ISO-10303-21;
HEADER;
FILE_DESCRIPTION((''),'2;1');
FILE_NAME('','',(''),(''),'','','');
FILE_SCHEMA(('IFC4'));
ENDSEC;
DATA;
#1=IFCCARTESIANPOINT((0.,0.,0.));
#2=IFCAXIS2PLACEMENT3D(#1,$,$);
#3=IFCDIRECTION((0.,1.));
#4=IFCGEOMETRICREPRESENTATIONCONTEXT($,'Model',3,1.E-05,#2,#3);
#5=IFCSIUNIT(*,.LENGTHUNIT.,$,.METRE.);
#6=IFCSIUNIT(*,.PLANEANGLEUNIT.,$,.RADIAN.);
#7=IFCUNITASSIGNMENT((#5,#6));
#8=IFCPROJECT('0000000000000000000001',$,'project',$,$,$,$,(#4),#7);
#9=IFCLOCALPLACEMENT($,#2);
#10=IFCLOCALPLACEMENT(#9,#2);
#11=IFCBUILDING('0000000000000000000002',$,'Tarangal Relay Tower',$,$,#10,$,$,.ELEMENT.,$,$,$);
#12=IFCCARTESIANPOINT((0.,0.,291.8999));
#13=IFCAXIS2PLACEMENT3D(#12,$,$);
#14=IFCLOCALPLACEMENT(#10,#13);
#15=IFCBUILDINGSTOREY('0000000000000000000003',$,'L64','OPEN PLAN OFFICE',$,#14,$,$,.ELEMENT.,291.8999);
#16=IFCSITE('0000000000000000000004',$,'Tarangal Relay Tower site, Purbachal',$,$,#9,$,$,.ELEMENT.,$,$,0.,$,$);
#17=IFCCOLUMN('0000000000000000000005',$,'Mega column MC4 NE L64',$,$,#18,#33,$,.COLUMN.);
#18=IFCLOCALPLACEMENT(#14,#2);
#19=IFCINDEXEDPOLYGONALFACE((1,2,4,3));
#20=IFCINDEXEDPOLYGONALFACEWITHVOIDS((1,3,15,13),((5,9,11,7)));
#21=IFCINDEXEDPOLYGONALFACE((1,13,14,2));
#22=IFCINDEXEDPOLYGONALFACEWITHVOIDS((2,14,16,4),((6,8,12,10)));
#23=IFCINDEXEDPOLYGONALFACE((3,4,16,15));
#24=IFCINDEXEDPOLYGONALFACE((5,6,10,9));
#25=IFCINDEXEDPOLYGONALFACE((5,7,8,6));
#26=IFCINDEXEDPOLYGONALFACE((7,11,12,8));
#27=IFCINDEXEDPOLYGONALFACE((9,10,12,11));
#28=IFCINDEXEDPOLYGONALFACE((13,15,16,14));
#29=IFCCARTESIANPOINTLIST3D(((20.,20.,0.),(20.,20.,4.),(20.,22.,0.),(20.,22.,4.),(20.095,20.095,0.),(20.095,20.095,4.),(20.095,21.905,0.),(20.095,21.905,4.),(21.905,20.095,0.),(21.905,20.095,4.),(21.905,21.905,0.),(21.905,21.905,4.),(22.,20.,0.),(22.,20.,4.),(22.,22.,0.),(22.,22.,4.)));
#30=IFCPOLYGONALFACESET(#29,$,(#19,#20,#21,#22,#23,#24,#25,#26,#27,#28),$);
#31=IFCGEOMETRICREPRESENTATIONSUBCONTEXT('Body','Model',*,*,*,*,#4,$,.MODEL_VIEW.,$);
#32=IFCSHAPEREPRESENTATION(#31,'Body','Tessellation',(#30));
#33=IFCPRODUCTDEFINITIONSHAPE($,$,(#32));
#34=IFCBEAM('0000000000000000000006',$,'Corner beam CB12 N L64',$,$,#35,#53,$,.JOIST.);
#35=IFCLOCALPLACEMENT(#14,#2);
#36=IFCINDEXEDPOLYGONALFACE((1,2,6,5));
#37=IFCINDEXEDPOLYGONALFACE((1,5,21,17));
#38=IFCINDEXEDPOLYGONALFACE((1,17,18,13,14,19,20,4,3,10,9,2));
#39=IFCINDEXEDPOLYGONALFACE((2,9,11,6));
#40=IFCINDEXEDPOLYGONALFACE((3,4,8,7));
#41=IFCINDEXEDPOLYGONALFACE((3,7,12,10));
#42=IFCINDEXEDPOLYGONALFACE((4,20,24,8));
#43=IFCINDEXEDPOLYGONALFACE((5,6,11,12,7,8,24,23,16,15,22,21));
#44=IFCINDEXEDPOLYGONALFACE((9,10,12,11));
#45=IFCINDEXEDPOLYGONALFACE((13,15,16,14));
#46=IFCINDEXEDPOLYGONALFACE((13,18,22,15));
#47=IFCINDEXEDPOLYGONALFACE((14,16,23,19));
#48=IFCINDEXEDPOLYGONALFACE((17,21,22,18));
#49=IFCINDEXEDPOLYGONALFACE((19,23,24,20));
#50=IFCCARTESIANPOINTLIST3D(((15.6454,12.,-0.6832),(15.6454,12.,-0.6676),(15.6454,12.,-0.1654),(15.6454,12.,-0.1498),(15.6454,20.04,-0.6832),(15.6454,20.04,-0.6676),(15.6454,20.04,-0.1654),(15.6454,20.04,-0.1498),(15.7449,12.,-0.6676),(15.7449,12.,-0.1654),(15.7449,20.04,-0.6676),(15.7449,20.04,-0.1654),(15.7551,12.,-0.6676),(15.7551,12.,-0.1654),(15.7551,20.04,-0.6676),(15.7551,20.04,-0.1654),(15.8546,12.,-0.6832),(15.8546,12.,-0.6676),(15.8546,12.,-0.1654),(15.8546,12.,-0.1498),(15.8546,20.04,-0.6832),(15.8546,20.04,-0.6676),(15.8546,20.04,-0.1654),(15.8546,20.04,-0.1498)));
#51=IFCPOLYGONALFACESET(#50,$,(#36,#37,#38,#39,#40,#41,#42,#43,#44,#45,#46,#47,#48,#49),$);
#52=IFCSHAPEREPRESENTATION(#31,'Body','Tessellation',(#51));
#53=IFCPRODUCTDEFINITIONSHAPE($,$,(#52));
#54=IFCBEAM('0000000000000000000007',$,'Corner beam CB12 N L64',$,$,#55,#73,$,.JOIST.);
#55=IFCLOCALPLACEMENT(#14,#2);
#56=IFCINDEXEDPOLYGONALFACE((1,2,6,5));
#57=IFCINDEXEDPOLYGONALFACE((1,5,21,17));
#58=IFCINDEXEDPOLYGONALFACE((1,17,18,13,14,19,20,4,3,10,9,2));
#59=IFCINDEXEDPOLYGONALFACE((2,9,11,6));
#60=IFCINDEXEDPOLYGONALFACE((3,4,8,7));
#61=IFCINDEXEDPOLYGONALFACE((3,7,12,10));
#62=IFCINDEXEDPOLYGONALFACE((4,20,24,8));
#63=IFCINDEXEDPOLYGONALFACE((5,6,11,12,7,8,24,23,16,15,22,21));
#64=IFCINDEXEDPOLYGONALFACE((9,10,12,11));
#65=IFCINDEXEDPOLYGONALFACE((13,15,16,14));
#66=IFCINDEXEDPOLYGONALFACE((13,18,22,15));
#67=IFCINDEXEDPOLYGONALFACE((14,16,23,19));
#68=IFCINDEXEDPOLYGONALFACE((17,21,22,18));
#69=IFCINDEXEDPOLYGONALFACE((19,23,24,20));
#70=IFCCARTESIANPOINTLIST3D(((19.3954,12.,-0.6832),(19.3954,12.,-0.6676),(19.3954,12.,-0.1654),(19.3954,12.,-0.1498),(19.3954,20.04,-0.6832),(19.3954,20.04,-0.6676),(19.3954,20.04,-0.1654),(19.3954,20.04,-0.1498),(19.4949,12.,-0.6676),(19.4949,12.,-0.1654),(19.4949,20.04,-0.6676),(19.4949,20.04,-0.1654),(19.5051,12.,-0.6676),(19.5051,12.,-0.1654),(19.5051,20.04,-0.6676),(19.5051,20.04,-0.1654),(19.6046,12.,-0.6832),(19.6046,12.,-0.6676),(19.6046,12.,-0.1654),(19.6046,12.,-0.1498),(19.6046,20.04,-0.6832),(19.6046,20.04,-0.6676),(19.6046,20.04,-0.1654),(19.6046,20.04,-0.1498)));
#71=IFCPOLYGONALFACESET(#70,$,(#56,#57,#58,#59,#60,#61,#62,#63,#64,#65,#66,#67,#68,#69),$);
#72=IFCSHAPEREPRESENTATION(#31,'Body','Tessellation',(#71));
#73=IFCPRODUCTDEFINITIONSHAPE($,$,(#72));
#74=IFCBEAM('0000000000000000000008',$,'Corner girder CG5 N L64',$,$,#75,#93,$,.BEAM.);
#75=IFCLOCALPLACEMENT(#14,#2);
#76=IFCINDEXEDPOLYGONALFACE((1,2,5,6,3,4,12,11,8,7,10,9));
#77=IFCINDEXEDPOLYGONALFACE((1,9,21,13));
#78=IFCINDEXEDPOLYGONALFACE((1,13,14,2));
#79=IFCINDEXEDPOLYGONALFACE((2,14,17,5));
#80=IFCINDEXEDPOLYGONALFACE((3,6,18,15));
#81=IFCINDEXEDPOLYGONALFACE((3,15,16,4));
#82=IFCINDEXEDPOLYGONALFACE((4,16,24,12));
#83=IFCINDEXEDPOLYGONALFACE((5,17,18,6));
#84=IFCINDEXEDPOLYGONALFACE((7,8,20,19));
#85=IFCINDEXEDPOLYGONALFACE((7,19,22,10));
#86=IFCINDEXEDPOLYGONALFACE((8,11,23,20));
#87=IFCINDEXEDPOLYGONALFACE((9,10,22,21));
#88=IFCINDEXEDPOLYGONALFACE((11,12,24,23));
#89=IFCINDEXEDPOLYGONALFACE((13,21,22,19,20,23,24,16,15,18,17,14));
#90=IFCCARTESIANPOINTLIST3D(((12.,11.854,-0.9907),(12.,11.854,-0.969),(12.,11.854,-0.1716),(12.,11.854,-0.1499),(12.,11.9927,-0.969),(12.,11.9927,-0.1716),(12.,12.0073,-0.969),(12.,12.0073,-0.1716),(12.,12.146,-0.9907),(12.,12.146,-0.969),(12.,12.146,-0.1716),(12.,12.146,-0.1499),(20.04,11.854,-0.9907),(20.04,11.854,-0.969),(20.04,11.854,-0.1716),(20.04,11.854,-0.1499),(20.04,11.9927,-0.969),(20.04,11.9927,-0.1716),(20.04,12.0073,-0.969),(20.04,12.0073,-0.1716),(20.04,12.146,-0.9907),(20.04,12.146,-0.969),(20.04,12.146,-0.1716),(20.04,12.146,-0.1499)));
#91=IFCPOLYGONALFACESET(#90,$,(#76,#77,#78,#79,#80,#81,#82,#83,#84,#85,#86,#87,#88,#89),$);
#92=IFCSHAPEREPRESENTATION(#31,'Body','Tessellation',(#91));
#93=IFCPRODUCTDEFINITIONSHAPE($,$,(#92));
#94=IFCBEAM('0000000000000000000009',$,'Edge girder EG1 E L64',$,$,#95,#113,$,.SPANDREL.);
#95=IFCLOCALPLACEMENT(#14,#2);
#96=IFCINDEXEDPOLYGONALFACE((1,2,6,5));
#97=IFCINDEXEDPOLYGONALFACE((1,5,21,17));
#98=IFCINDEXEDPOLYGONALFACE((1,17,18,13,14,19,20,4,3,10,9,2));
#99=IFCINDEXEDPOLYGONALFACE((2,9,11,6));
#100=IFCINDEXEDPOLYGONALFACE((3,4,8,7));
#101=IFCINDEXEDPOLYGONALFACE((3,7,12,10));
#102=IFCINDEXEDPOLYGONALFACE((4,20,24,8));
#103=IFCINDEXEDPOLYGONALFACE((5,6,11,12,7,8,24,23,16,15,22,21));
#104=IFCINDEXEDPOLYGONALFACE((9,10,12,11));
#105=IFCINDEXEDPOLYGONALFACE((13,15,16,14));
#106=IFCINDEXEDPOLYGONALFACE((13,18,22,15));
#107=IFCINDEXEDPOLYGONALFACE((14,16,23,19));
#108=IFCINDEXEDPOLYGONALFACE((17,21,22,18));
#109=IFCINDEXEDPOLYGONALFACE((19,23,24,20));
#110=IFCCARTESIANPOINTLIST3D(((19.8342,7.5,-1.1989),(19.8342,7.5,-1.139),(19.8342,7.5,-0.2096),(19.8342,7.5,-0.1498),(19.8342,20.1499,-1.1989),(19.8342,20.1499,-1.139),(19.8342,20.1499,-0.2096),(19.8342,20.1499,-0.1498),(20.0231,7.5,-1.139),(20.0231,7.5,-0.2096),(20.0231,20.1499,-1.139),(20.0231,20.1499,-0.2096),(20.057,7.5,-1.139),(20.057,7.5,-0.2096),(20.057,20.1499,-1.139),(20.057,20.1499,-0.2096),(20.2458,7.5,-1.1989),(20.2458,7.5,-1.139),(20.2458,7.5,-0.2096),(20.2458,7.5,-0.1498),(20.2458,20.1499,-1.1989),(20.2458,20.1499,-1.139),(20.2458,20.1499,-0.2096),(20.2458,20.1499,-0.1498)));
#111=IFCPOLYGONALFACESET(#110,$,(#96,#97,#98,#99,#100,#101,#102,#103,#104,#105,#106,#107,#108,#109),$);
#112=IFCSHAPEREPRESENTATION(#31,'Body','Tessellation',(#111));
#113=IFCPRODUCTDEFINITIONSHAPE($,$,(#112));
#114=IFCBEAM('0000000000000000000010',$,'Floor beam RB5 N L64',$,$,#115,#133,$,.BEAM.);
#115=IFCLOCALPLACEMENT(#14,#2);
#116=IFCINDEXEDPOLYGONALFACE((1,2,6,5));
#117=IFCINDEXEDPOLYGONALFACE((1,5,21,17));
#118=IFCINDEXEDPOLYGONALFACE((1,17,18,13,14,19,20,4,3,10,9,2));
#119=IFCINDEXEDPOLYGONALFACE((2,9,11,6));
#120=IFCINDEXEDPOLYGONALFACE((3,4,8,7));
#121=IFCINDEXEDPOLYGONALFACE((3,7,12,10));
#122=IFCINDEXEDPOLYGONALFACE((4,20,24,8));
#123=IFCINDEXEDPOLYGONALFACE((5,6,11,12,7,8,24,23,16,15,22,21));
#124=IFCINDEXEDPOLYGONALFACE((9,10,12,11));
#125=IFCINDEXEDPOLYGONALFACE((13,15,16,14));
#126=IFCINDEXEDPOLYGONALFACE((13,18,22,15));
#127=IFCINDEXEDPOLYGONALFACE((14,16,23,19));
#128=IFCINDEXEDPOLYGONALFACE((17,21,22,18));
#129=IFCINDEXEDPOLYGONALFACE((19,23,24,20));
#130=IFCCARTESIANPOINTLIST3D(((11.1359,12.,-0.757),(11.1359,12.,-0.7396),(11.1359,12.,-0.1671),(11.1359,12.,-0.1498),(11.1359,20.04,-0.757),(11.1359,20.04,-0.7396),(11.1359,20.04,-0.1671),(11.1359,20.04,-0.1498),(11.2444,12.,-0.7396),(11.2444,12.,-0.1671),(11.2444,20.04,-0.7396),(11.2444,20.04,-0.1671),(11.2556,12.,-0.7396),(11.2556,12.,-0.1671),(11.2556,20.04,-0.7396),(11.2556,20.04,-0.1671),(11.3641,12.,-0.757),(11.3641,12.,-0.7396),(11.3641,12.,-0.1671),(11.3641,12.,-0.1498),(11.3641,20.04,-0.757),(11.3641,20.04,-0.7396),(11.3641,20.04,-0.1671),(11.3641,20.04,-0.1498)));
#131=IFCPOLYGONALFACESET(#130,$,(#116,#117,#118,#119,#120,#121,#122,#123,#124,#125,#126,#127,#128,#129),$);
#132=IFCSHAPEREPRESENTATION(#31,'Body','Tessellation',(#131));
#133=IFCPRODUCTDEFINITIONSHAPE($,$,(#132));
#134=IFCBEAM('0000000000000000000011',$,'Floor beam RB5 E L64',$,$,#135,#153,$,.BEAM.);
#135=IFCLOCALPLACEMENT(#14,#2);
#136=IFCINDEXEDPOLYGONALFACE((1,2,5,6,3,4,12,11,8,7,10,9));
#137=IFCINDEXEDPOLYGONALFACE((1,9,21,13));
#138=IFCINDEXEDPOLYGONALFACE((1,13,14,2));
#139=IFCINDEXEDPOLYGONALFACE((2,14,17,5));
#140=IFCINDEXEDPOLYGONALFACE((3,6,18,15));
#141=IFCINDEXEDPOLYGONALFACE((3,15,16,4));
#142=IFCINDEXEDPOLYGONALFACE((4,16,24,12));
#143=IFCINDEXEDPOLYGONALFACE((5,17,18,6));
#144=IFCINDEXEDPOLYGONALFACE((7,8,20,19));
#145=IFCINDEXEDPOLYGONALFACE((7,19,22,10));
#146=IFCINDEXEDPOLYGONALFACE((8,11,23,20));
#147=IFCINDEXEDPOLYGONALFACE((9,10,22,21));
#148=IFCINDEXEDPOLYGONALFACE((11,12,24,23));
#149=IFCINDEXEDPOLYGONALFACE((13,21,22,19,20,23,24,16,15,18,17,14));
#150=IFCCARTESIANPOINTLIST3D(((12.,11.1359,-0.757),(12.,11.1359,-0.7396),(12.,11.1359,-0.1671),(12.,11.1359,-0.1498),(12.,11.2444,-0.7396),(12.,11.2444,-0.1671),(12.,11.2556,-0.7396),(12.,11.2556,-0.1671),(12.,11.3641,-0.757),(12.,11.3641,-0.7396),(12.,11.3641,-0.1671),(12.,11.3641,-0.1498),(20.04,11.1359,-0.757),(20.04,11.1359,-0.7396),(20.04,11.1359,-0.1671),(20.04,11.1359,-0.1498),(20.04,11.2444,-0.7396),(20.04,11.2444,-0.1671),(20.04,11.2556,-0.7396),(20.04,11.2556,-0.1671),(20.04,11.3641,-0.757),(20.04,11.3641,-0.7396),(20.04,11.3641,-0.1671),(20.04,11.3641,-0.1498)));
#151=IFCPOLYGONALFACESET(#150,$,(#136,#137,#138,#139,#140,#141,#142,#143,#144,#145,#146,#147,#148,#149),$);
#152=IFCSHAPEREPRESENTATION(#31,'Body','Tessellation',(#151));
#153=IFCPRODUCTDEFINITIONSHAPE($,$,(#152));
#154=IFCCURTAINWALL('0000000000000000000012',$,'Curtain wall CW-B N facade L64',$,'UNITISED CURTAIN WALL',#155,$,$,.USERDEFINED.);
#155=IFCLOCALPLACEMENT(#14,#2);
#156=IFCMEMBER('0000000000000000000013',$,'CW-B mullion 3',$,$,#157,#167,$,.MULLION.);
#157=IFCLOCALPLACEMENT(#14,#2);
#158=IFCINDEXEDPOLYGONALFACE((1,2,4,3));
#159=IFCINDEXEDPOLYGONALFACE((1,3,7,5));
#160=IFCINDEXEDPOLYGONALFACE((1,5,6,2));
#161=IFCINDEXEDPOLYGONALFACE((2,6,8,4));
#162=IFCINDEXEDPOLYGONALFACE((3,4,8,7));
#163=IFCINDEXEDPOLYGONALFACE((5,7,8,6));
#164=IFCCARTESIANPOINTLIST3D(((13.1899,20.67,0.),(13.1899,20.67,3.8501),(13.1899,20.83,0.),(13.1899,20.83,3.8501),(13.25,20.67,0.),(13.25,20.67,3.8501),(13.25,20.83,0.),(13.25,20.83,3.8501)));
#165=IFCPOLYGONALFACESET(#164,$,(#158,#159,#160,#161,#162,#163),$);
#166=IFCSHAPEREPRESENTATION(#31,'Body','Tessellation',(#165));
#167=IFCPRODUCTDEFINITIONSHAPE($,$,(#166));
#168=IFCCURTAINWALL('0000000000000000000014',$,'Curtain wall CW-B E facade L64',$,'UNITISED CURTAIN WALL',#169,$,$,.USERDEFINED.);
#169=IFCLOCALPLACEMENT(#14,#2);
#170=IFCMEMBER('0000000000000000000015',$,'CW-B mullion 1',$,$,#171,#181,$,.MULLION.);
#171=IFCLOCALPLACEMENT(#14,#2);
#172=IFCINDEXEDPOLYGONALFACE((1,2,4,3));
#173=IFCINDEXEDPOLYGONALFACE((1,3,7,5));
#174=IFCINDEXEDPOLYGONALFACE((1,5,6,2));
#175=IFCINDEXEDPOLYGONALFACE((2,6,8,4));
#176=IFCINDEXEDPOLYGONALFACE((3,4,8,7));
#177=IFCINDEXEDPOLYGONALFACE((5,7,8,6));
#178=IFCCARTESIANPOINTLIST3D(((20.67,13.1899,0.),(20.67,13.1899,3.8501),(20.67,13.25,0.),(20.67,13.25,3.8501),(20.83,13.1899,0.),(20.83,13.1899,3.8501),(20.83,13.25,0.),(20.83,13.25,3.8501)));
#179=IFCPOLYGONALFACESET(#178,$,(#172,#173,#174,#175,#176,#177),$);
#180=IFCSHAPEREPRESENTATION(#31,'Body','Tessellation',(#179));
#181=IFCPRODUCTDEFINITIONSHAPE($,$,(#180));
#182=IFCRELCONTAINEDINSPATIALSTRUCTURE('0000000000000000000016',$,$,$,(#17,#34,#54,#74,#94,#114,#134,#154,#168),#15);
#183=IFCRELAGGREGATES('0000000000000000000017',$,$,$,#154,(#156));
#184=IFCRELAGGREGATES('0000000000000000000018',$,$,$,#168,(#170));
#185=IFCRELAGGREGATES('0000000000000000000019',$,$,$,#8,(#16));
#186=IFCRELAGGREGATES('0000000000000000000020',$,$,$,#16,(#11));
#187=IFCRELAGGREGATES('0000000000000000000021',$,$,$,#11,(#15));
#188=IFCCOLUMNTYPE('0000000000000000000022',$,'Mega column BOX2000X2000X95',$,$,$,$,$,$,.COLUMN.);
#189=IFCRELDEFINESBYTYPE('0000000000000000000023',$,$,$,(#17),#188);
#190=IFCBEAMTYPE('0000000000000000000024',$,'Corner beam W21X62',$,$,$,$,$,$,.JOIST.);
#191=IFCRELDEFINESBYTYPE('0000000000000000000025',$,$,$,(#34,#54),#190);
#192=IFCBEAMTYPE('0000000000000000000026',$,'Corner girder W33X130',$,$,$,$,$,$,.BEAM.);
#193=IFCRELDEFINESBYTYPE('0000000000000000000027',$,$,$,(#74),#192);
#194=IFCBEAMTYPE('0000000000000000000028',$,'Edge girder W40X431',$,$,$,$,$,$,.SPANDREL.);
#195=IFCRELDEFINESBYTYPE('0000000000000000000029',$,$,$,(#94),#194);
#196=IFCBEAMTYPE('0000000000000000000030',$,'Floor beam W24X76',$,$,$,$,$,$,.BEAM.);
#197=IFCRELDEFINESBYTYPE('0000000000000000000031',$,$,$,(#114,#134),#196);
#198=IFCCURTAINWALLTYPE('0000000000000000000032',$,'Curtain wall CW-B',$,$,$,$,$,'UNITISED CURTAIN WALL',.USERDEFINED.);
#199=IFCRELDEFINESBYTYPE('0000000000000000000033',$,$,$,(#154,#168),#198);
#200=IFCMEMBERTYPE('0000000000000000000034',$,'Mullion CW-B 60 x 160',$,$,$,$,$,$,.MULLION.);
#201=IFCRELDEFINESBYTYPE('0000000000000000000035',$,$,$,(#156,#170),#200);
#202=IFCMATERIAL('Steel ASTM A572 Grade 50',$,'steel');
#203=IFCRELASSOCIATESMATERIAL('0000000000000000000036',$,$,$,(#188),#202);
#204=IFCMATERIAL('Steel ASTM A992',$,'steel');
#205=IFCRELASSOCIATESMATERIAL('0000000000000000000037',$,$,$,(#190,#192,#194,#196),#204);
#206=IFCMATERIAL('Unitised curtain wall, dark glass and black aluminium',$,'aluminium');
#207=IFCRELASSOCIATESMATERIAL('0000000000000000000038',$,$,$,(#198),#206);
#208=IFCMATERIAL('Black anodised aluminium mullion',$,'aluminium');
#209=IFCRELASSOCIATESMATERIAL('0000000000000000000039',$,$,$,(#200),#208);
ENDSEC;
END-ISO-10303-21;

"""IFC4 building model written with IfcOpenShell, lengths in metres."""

from ifc_helpers import new_model, si_unit, direction, frame, origin, origin_2d, place, context, subcontext, project, spatial, rectangle, hollow_rectangle, i_section, extrude, material, material_profile, profile_set, type_object, element, aggregate, save


model = new_model("IFC4")

# Units and contexts
model_context = context("Model", 3, precision=1e-05, world=origin(), true_north=direction((0.0, 1.0)))
body_context = subcontext(model_context, "Body", "Model", "MODEL_VIEW")
ifc_project = project(units=[si_unit("LENGTHUNIT", "METRE"), si_unit("PLANEANGLEUNIT", "RADIAN")], contexts=[model_context])

# Site, building, storey
site_placement = place(None, origin())
site = spatial("IfcSite", under=ifc_project, at=site_placement, Name="Tarangal Relay Tower site, Purbachal", CompositionType="ELEMENT", RefElevation=0.0)
building_placement = place(site_placement, origin())
building = spatial("IfcBuilding", under=site, at=building_placement, Name="Tarangal Relay Tower", CompositionType="ELEMENT")
storey_placement = place(building_placement, frame((0.0, 0.0, 291.8999)))
storey = spatial("IfcBuildingStorey", under=building, at=storey_placement, Name="L64", Description="OPEN PLAN OFFICE", CompositionType="ELEMENT", Elevation=291.8999)

# Column
ifc_material_1 = material(Name="Steel ASTM A572 Grade 50", Category="steel")
ifc_material_profile_1 = material_profile(ifc_material_1, hollow_rectangle(XDim=2.0, YDim=2.0, WallThickness=0.095, at=origin_2d()), Name="BOX2000X2000X95")
ifc_profile_set_1 = profile_set([ifc_material_profile_1], Name="Steel ASTM A572 Grade 50")
column_type = type_object("IfcColumnType", Name="Mega column BOX2000X2000X95", PredefinedType="COLUMN", material=ifc_profile_set_1)
column_placement = place(storey_placement, frame((21.0, 21.0, 0.0), z_axis=(0.0, 0.0, 1.0), x_axis=(1.0, 0.0, 0.0)))
element("IfcColumn", 1, at=column_placement, inside=storey, type_object=column_type, Name="Mega column MC4 NE L64", PredefinedType="COLUMN", context=body_context, shape_type="SweptSolid", body=[
    extrude(hollow_rectangle(XDim=2.0, YDim=2.0, WallThickness=0.095, at=origin_2d()), origin(), (0.0, 0.0, 1.0), 4.0),
])

# Beams
ifc_material_2 = material(Name="Steel ASTM A992", Category="steel")
ifc_material_profile_2 = material_profile(ifc_material_2, i_section(OverallWidth=0.2092, OverallDepth=0.5334, WebThickness=0.0103, FlangeThickness=0.0156, at=origin_2d()), Name="W21X62")
ifc_profile_set_2 = profile_set([ifc_material_profile_2], Name="Steel ASTM A992")
beam_type_1 = type_object("IfcBeamType", Name="Corner beam W21X62", PredefinedType="JOIST", material=ifc_profile_set_2)
for number, where, z_axis, x_axis, name in (
    (2, (15.75, 12.0, -0.4165), (0.0, 1.0, 0.0), (-1.0, 0.0, 0.0), "Corner beam CB12 N L64"),
    (3, (19.5, 12.0, -0.4165), (0.0, 1.0, 0.0), (-1.0, 0.0, 0.0), "Corner beam CB12 N L64"),
):
    element("IfcBeam", number, at=place(storey_placement, frame(where, z_axis=z_axis, x_axis=x_axis)), inside=storey, type_object=beam_type_1, Name=name, PredefinedType="JOIST", context=body_context, shape_type="SweptSolid", body=[
        extrude(i_section(OverallWidth=0.2092, OverallDepth=0.5334, WebThickness=0.0103, FlangeThickness=0.0156, at=origin_2d()), origin(), (0.0, 0.0, 1.0), 8.04),
    ])
ifc_material_profile_3 = material_profile(ifc_material_2, i_section(OverallWidth=0.292, OverallDepth=0.8408, WebThickness=0.0146, FlangeThickness=0.0217, at=origin_2d()), Name="W33X130")
ifc_profile_set_3 = profile_set([ifc_material_profile_3], Name="Steel ASTM A992")
beam_type_2 = type_object("IfcBeamType", Name="Corner girder W33X130", PredefinedType="BEAM", material=ifc_profile_set_3)
beam_1_placement = place(storey_placement, frame((12.0, 12.0, -0.5703), z_axis=(1.0, 0.0, 0.0), x_axis=(0.0, 1.0, 0.0)))
element("IfcBeam", 4, at=beam_1_placement, inside=storey, type_object=beam_type_2, Name="Corner girder CG5 N L64", PredefinedType="BEAM", context=body_context, shape_type="SweptSolid", body=[
    extrude(i_section(OverallWidth=0.292, OverallDepth=0.8408, WebThickness=0.0146, FlangeThickness=0.0217, at=origin_2d()), origin(), (0.0, 0.0, 1.0), 8.04),
])
ifc_material_profile_4 = material_profile(ifc_material_2, i_section(OverallWidth=0.4116, OverallDepth=1.0491, WebThickness=0.0339, FlangeThickness=0.0598, at=origin_2d()), Name="W40X431")
ifc_profile_set_4 = profile_set([ifc_material_profile_4], Name="Steel ASTM A992")
beam_type_3 = type_object("IfcBeamType", Name="Edge girder W40X431", PredefinedType="SPANDREL", material=ifc_profile_set_4)
beam_2_placement = place(storey_placement, frame((20.04, 20.1499, -0.6743), z_axis=(0.0, -1.0, 0.0), x_axis=(1.0, 0.0, 0.0)))
element("IfcBeam", 5, at=beam_2_placement, inside=storey, type_object=beam_type_3, Name="Edge girder EG1 E L64", PredefinedType="SPANDREL", context=body_context, shape_type="SweptSolid", body=[
    extrude(i_section(OverallWidth=0.4116, OverallDepth=1.0491, WebThickness=0.0339, FlangeThickness=0.0598, at=origin_2d()), origin(), (0.0, 0.0, 1.0), 12.6499),
])
ifc_material_profile_5 = material_profile(ifc_material_2, i_section(OverallWidth=0.2283, OverallDepth=0.6072, WebThickness=0.0112, FlangeThickness=0.0173, at=origin_2d()), Name="W24X76")
ifc_profile_set_5 = profile_set([ifc_material_profile_5], Name="Steel ASTM A992")
beam_type_4 = type_object("IfcBeamType", Name="Floor beam W24X76", PredefinedType="BEAM", material=ifc_profile_set_5)
for number, where, z_axis, x_axis, name in (
    (6, (11.25, 12.0, -0.4534), (0.0, 1.0, 0.0), (-1.0, 0.0, 0.0), "Floor beam RB5 N L64"),
    (7, (12.0, 11.25, -0.4534), (1.0, 0.0, 0.0), (0.0, 1.0, 0.0), "Floor beam RB5 E L64"),
):
    element("IfcBeam", number, at=place(storey_placement, frame(where, z_axis=z_axis, x_axis=x_axis)), inside=storey, type_object=beam_type_4, Name=name, PredefinedType="BEAM", context=body_context, shape_type="SweptSolid", body=[
        extrude(i_section(OverallWidth=0.2283, OverallDepth=0.6072, WebThickness=0.0112, FlangeThickness=0.0173, at=origin_2d()), origin(), (0.0, 0.0, 1.0), 8.04),
    ])

# Curtain wall, member
ifc_material_3 = material(Name="Unitised curtain wall, dark glass and black aluminium", Category="aluminium")
curtain_wall_type = type_object("IfcCurtainWallType", Name="Curtain wall CW-B", ElementType="UNITISED CURTAIN WALL", PredefinedType="USERDEFINED", material=ifc_material_3)
curtain_wall_1_placement = place(storey_placement, origin())
curtain_wall_1 = element("IfcCurtainWall", 8, at=curtain_wall_1_placement, inside=storey, type_object=curtain_wall_type, Name="Curtain wall CW-B N facade L64", ObjectType="UNITISED CURTAIN WALL", PredefinedType="USERDEFINED")
ifc_material_4 = material(Name="Black anodised aluminium mullion", Category="aluminium")
ifc_material_profile_6 = material_profile(ifc_material_4, rectangle(XDim=0.1599, YDim=0.0601, at=origin_2d()), Name="CW-BM 60X160")
ifc_profile_set_6 = profile_set([ifc_material_profile_6], Name="Black anodised aluminium mullion")
member_type_1 = type_object("IfcMemberType", Name="Mullion CW-B 60 x 160", PredefinedType="MULLION", material=ifc_profile_set_6)
member_1_placement = place(storey_placement, frame((13.22, 20.75, 0.0), z_axis=(0.0, 0.0, 1.0), x_axis=(0.0, 1.0, 0.0)))
member_1 = element("IfcMember", 9, at=member_1_placement, type_object=member_type_1, Name="CW-B mullion 3", PredefinedType="MULLION", context=body_context, shape_type="SweptSolid", body=[
    extrude(rectangle(XDim=0.1599, YDim=0.0601, at=origin_2d()), origin(), (0.0, 0.0, 1.0), 3.8501),
])

# Curtain wall, member
curtain_wall_2_placement = place(storey_placement, origin())
curtain_wall_2 = element("IfcCurtainWall", 10, at=curtain_wall_2_placement, inside=storey, type_object=curtain_wall_type, Name="Curtain wall CW-B E facade L64", ObjectType="UNITISED CURTAIN WALL", PredefinedType="USERDEFINED")
member_2_placement = place(storey_placement, frame((20.75, 13.22, 0.0), z_axis=(0.0, 0.0, 1.0), x_axis=(1.0, 0.0, 0.0)))
member_2 = element("IfcMember", 11, at=member_2_placement, type_object=member_type_1, Name="CW-B mullion 1", PredefinedType="MULLION", context=body_context, shape_type="SweptSolid", body=[
    extrude(rectangle(XDim=0.1599, YDim=0.0601, at=origin_2d()), origin(), (0.0, 0.0, 1.0), 3.8501),
])

aggregate(curtain_wall_1, [member_1])
aggregate(curtain_wall_2, [member_2])

save(model, "model.ifc")
